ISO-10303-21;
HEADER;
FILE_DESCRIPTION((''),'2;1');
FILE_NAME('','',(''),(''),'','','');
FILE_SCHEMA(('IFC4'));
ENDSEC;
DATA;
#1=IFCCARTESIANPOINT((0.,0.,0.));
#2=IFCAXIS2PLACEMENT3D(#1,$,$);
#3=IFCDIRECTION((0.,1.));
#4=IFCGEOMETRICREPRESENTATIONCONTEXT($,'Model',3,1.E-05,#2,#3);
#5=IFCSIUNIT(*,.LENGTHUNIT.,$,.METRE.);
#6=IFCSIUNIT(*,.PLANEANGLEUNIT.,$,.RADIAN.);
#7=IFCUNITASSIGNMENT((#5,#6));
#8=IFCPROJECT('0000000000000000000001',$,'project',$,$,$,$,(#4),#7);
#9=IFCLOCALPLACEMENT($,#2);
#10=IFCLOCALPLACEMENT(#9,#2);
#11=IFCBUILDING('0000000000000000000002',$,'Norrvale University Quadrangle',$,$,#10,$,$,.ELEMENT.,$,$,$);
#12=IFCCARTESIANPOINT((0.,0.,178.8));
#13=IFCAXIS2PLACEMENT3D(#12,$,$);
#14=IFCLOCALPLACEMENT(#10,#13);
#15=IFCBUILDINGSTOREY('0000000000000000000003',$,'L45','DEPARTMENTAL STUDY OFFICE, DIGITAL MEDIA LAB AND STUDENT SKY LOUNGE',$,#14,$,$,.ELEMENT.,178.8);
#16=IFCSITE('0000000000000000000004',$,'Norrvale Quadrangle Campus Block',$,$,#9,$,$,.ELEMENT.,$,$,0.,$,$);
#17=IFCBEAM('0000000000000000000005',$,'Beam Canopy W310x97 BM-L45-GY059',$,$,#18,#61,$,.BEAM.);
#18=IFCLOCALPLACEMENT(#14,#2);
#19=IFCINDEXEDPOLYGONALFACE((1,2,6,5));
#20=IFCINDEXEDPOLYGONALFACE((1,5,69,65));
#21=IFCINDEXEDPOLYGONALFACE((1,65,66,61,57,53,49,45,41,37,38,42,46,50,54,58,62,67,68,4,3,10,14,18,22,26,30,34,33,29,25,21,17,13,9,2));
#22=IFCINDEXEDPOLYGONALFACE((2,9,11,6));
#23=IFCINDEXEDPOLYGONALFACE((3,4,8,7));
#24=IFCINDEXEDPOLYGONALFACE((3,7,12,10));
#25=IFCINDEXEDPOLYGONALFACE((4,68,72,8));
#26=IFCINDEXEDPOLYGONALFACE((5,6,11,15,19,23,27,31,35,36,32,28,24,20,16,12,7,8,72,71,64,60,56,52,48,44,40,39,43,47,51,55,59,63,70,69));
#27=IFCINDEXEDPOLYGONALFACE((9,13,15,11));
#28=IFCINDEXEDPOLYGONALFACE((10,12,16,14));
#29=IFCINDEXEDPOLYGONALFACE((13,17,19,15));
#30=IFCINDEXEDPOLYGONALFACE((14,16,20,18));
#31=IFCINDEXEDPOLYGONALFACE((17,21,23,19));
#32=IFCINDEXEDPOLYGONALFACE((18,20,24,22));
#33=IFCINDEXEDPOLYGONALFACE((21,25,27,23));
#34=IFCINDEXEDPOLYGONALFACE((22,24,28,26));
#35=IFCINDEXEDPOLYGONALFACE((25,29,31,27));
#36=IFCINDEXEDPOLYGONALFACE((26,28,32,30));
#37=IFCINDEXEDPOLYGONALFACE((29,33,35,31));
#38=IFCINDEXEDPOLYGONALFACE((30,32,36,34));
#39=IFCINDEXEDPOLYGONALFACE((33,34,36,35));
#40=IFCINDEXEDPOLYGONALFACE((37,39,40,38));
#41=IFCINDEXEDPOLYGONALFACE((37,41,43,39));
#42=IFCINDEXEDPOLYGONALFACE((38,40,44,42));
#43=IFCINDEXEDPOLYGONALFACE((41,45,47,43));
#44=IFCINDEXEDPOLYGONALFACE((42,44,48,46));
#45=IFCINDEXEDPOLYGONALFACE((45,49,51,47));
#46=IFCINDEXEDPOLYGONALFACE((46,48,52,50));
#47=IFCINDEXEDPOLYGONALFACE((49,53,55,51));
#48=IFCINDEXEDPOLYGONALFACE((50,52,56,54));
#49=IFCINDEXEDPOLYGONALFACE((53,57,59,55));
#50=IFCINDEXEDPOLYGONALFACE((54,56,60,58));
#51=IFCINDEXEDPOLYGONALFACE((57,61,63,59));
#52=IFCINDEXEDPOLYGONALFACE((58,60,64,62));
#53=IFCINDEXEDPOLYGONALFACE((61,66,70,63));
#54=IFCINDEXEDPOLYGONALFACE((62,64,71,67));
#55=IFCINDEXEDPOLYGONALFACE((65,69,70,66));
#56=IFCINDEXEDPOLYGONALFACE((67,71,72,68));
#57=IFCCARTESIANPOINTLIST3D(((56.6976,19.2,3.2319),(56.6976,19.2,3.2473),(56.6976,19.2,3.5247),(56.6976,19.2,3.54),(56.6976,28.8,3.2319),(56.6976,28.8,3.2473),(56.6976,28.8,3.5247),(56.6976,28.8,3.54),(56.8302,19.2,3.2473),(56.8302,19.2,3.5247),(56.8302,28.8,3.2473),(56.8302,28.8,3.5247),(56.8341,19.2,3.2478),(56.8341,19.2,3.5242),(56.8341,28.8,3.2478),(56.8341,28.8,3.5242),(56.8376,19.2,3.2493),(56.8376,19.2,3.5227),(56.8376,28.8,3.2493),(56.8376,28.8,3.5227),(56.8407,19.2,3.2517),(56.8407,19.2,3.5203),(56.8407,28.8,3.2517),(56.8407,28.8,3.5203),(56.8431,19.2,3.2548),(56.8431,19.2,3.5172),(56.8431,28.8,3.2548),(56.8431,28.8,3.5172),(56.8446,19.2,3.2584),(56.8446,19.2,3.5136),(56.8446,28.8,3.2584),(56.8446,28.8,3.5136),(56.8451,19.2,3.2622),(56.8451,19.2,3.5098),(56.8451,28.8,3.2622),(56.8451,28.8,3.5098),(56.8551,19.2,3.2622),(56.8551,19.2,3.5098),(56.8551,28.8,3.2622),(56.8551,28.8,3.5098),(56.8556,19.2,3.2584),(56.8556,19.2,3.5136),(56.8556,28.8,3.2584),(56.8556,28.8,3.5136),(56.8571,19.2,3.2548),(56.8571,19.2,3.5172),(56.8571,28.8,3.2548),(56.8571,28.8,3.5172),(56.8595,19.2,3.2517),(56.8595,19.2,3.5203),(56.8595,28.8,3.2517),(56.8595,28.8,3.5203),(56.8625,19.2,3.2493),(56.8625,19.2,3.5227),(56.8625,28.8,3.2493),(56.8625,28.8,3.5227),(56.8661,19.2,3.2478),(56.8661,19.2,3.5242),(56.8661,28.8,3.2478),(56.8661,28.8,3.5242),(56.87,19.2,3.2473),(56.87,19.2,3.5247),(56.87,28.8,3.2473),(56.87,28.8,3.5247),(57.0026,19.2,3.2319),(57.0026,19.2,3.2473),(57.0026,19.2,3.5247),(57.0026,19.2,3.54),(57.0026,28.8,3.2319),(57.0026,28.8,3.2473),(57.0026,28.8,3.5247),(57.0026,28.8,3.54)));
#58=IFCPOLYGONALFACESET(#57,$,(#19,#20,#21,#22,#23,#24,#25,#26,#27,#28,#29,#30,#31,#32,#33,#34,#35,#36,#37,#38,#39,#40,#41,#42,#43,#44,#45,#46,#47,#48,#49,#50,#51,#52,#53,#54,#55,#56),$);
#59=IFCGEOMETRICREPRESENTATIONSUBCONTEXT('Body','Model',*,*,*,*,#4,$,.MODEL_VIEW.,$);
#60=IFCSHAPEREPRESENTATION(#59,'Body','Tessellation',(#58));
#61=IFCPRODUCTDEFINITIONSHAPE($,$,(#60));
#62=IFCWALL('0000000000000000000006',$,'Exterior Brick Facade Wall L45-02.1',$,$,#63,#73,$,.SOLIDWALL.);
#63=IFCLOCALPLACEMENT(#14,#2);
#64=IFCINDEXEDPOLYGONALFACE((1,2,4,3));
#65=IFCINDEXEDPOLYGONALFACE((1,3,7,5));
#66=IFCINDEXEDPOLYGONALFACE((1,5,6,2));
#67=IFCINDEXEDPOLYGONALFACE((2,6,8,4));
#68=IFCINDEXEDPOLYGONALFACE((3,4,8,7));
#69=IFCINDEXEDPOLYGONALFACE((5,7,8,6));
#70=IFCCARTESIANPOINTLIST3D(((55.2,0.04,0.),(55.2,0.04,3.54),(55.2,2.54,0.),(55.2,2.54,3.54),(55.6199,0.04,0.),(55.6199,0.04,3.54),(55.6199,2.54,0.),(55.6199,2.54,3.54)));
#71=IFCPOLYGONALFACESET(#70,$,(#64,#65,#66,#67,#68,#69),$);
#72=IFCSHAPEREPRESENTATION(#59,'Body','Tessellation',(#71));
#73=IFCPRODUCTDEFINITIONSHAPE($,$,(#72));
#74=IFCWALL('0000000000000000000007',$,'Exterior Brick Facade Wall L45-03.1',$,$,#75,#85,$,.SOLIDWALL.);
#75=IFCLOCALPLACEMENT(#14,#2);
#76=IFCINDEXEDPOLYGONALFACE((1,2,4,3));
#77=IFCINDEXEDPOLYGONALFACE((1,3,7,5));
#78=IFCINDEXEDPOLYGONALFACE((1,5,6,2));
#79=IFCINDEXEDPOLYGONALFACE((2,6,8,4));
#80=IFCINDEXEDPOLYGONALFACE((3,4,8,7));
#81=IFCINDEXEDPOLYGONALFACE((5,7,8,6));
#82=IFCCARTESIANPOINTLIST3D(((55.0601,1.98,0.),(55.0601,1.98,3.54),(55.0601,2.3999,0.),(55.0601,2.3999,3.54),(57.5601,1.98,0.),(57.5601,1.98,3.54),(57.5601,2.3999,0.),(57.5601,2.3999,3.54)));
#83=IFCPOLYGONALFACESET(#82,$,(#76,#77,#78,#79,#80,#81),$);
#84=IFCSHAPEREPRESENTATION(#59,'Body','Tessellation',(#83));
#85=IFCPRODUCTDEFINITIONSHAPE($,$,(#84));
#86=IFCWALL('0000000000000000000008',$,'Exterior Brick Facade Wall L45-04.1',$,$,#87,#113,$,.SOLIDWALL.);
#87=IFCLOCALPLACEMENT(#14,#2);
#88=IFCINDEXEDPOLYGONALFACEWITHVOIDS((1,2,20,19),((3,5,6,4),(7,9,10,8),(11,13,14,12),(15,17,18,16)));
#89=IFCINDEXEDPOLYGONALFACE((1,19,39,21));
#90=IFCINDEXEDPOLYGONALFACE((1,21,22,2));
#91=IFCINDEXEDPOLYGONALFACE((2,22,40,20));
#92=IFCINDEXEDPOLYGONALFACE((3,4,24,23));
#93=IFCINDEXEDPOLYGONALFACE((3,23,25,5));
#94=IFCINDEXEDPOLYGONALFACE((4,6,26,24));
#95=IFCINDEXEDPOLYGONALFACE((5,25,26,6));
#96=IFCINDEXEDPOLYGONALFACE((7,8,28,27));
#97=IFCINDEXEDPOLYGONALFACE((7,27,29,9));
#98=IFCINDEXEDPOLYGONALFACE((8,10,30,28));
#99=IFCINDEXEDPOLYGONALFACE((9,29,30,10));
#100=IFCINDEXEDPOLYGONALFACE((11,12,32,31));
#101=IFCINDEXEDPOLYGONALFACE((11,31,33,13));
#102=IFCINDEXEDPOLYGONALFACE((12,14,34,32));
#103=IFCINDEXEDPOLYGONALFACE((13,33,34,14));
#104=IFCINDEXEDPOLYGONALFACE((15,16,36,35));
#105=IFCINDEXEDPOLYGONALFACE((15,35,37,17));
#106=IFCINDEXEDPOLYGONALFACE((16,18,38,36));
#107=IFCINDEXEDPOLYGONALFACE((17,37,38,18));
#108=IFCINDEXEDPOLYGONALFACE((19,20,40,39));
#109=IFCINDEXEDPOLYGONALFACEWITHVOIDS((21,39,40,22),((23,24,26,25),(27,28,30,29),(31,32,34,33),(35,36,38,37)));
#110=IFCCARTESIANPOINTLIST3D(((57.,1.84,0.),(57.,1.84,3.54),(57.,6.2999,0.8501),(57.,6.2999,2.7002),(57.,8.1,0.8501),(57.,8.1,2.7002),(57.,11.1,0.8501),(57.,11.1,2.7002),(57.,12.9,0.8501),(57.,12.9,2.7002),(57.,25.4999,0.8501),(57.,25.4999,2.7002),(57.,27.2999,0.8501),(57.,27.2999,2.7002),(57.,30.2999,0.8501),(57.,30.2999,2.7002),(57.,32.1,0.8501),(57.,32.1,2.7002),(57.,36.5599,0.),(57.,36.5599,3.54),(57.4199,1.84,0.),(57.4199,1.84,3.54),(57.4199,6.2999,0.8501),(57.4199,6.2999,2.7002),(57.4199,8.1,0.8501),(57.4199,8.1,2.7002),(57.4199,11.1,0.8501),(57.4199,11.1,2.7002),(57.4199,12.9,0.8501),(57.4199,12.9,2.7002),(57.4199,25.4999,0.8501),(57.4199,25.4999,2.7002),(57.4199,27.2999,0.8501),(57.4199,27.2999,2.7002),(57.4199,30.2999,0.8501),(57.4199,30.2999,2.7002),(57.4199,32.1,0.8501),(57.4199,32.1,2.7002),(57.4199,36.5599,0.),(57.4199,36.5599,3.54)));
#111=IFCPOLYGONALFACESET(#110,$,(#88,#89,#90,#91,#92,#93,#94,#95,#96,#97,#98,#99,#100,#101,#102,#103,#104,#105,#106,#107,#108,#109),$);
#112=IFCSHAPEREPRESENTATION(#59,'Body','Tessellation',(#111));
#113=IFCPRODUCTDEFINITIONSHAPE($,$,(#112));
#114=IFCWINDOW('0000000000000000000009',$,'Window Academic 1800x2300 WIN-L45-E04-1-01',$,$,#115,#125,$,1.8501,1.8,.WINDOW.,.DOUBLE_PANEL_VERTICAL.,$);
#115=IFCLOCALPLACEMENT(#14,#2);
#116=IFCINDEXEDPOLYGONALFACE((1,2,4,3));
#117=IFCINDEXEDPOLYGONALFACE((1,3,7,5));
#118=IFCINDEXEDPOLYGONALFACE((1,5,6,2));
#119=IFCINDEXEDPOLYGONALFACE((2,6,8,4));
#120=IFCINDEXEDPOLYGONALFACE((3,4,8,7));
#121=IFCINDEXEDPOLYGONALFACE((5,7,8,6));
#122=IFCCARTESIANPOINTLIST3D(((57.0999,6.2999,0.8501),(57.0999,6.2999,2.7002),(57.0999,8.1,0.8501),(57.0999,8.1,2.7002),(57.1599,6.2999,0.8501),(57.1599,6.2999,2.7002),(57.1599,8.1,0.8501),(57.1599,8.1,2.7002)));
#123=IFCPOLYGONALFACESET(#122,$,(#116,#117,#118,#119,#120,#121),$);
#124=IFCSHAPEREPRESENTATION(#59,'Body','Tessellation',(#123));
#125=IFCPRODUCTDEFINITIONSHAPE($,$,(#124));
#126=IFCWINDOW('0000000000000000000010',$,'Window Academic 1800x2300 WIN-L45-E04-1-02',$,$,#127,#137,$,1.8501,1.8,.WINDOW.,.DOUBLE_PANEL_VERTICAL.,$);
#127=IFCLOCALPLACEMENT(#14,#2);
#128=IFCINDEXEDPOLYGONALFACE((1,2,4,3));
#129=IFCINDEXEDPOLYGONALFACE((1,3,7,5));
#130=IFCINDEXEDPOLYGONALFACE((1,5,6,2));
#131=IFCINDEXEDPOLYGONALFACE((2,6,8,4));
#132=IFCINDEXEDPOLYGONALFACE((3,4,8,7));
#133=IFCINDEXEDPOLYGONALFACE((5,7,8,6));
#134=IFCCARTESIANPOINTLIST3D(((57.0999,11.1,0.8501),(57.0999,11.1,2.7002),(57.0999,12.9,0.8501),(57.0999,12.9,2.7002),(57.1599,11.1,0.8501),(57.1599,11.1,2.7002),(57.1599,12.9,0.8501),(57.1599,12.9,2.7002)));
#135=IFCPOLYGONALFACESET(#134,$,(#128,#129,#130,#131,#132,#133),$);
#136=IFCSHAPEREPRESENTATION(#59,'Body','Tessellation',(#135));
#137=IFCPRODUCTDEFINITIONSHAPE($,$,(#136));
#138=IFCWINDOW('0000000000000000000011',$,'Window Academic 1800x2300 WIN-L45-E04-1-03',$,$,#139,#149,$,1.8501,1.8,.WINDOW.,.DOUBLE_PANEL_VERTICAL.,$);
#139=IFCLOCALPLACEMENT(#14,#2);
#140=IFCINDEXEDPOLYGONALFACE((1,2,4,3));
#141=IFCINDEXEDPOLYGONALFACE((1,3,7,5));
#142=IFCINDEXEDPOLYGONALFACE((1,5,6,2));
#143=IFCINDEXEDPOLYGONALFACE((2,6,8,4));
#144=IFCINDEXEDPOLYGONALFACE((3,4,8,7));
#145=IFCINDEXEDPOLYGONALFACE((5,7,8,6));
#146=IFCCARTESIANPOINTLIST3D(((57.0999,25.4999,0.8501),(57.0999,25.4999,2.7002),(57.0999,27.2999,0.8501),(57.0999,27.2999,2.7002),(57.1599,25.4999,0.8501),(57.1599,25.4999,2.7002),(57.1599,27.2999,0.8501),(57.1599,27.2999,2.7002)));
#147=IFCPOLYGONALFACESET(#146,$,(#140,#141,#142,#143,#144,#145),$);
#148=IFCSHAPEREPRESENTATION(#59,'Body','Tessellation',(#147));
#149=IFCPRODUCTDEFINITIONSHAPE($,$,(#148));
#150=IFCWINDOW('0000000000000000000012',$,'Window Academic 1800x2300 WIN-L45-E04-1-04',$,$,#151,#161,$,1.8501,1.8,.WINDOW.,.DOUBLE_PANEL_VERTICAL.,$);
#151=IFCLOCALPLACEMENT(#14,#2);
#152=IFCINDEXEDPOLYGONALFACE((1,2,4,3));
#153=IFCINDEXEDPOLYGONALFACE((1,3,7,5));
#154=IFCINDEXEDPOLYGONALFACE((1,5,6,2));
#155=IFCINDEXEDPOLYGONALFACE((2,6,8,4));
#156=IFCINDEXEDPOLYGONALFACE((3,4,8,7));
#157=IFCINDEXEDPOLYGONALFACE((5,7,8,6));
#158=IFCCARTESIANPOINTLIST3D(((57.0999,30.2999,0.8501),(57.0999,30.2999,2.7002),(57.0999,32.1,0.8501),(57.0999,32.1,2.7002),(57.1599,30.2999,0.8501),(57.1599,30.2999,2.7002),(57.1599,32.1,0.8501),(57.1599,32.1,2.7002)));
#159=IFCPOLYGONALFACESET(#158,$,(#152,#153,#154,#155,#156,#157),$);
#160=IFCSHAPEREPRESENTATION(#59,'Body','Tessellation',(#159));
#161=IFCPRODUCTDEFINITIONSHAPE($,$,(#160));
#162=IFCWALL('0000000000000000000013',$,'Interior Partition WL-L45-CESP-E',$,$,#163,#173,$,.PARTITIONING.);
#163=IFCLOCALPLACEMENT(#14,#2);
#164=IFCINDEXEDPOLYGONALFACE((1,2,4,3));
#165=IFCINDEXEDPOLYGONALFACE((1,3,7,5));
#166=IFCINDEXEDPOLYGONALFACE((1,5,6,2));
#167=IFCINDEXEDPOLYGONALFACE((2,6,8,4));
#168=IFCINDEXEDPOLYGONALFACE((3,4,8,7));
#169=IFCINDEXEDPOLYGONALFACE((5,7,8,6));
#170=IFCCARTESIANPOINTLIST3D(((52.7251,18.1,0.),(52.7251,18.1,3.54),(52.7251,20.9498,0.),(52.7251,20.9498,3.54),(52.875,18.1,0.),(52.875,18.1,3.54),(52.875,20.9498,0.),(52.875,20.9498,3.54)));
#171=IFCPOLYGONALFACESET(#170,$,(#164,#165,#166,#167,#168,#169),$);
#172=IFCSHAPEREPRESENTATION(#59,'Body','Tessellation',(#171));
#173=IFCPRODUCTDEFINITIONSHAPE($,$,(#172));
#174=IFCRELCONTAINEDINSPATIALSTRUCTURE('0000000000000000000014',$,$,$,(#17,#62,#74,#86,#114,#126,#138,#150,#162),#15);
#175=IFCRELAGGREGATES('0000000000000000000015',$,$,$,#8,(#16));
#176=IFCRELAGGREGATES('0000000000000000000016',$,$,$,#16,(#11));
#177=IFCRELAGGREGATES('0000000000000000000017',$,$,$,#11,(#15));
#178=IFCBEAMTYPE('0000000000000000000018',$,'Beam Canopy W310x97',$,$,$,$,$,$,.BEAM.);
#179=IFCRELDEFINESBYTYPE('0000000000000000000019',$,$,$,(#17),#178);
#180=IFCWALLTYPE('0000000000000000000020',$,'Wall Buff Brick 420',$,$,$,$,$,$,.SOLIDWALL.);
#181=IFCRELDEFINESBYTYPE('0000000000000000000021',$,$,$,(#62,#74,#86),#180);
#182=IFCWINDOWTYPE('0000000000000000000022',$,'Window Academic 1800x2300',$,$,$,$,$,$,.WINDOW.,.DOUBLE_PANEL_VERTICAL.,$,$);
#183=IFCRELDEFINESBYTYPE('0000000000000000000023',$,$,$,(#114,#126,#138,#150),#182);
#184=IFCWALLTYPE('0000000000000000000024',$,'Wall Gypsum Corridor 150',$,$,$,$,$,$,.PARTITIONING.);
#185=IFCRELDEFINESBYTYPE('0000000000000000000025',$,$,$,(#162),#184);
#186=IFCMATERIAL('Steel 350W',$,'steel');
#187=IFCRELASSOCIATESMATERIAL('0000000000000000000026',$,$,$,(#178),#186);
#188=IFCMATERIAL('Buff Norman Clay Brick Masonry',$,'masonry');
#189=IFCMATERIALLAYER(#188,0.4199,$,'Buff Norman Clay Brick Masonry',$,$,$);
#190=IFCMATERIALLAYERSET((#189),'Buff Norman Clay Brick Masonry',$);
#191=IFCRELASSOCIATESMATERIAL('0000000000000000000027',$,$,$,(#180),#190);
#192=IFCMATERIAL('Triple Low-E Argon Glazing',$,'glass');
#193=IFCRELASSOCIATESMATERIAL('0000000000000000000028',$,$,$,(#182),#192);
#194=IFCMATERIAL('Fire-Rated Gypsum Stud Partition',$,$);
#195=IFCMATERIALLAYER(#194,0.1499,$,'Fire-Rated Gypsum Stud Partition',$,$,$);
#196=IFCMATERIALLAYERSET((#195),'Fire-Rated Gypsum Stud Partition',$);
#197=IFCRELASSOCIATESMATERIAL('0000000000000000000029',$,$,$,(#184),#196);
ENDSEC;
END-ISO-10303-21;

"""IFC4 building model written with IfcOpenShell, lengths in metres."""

from ifc_helpers import new_model, si_unit, direction, frame, frame_2d, origin, origin_2d, place, context, subcontext, project, spatial, rectangle, i_section, extrude, material, layer, layer_set, material_profile, profile_set, type_object, element, fill, save


model = new_model("IFC4")

# Units and contexts
model_context = context("Model", 3, precision=1e-05, world=origin(), true_north=direction((0.0, 1.0)))
body_context = subcontext(model_context, "Body", "Model", "MODEL_VIEW")
ifc_project = project(units=[si_unit("LENGTHUNIT", "METRE"), si_unit("PLANEANGLEUNIT", "RADIAN")], contexts=[model_context])

# Site, building, storey
site_placement = place(None, origin())
site = spatial("IfcSite", under=ifc_project, at=site_placement, Name="Norrvale Quadrangle Campus Block", CompositionType="ELEMENT", RefElevation=0.0)
building_placement = place(site_placement, origin())
building = spatial("IfcBuilding", under=site, at=building_placement, Name="Norrvale University Quadrangle", CompositionType="ELEMENT")
storey_placement = place(building_placement, frame((0.0, 0.0, 178.8)))
storey = spatial("IfcBuildingStorey", under=building, at=storey_placement, Name="L45", Description="DEPARTMENTAL STUDY OFFICE, DIGITAL MEDIA LAB AND STUDENT SKY LOUNGE", CompositionType="ELEMENT", Elevation=178.8)

# Beam
ifc_material_1 = material(Name="Steel 350W", Category="steel")
ifc_material_profile_1 = material_profile(ifc_material_1, i_section(OverallWidth=0.3049, OverallDepth=0.3081, WebThickness=0.01, FlangeThickness=0.0154, FilletRadius=0.0149, at=origin_2d()), Name="Steel 350W")
ifc_profile_set_1 = profile_set([ifc_material_profile_1], Name="Steel 350W")
beam_type_1 = type_object("IfcBeamType", Name="Beam Canopy W310x97", PredefinedType="BEAM", material=ifc_profile_set_1)
beam_1_placement = place(storey_placement, frame((56.8501, 19.2, 3.386), z_axis=(0.0, 1.0, 0.0), x_axis=(-1.0, 0.0, 0.0)))
element("IfcBeam", 1, at=beam_1_placement, inside=storey, type_object=beam_type_1, Name="Beam Canopy W310x97 BM-L45-GY059", PredefinedType="BEAM", context=body_context, shape_type="SweptSolid", body=[
    extrude(i_section(OverallWidth=0.3049, OverallDepth=0.3081, WebThickness=0.01, FlangeThickness=0.0154, FilletRadius=0.0149, at=origin_2d()), origin(), (0.0, 0.0, 1.0), 9.6001),
])

# Walls
ifc_material_2 = material(Name="Buff Norman Clay Brick Masonry", Category="masonry")
ifc_layer_1 = layer(ifc_material_2, 0.4199, Name="Buff Norman Clay Brick Masonry")
ifc_layer_set_1 = layer_set([ifc_layer_1], Name="Buff Norman Clay Brick Masonry")
wall_type_1 = type_object("IfcWallType", Name="Wall Buff Brick 420", PredefinedType="SOLIDWALL", material=ifc_layer_set_1)
for number, where, z_axis, x_axis, name in (
    (2, (55.4099, 0.04, 0.0), (0.0, 0.0, 1.0), (0.0, 1.0, 0.0), "Exterior Brick Facade Wall L45-02.1"),
    (3, (55.0601, 2.1899, 0.0), (0.0, 0.0, 1.0), (1.0, 0.0, 0.0), "Exterior Brick Facade Wall L45-03.1"),
):
    element("IfcWall", number, at=place(storey_placement, frame(where, z_axis=z_axis, x_axis=x_axis)), inside=storey, type_object=wall_type_1, Name=name, PredefinedType="SOLIDWALL", context=body_context, shape_type="SweptSolid", body=[
        extrude(rectangle(XDim=2.5, YDim=0.4199, at=frame_2d((1.25, 0.0))), origin(), (0.0, 0.0, 1.0), 3.54),
    ])

# Wall, openings, windows
wall_1_placement = place(storey_placement, frame((57.21, 1.8401, 0.0), z_axis=(0.0, 0.0, 1.0), x_axis=(0.0, 1.0, 0.0)))
wall_1 = element("IfcWall", 4, at=wall_1_placement, inside=storey, type_object=wall_type_1, Name="Exterior Brick Facade Wall L45-04.1", PredefinedType="SOLIDWALL", context=body_context, shape_type="SweptSolid", body=[
    extrude(rectangle(XDim=34.72, YDim=0.4199, at=frame_2d((17.3599, 0.0))), origin(), (0.0, 0.0, 1.0), 3.54),
])
opening_1_placement = place(wall_1_placement, frame((4.46, 0.0, 0.8501)))
opening_1 = element("IfcOpeningElement", 5, at=opening_1_placement, cuts=wall_1, PredefinedType="OPENING", context=body_context, shape_type="SweptSolid", body=[
    extrude(rectangle(XDim=1.8, YDim=1.8501, at=frame_2d((0.8999, 0.925))), frame((0.0, 0.2219, 0.0), z_axis=(0.0, -1.0, 0.0), x_axis=(1.0, 0.0, 0.0)), (0.0, 0.0, 1.0), 0.4438),
])
opening_2_placement = place(wall_1_placement, frame((9.26, 0.0, 0.8501)))
opening_2 = element("IfcOpeningElement", 6, at=opening_2_placement, cuts=wall_1, PredefinedType="OPENING", context=body_context, shape_type="SweptSolid", body=[
    extrude(rectangle(XDim=1.8, YDim=1.8501, at=frame_2d((0.8999, 0.925))), frame((0.0, 0.2219, 0.0), z_axis=(0.0, -1.0, 0.0), x_axis=(1.0, 0.0, 0.0)), (0.0, 0.0, 1.0), 0.4438),
])
opening_3_placement = place(wall_1_placement, frame((23.6599, 0.0, 0.8501)))
opening_3 = element("IfcOpeningElement", 7, at=opening_3_placement, cuts=wall_1, PredefinedType="OPENING", context=body_context, shape_type="SweptSolid", body=[
    extrude(rectangle(XDim=1.8, YDim=1.8501, at=frame_2d((0.8999, 0.925))), frame((0.0, 0.2219, 0.0), z_axis=(0.0, -1.0, 0.0), x_axis=(1.0, 0.0, 0.0)), (0.0, 0.0, 1.0), 0.4438),
])
opening_4_placement = place(wall_1_placement, frame((28.46, 0.0, 0.8501)))
opening_4 = element("IfcOpeningElement", 8, at=opening_4_placement, cuts=wall_1, PredefinedType="OPENING", context=body_context, shape_type="SweptSolid", body=[
    extrude(rectangle(XDim=1.8, YDim=1.8501, at=frame_2d((0.8999, 0.925))), frame((0.0, 0.2219, 0.0), z_axis=(0.0, -1.0, 0.0), x_axis=(1.0, 0.0, 0.0)), (0.0, 0.0, 1.0), 0.4438),
])
ifc_material_3 = material(Name="Triple Low-E Argon Glazing", Category="glass")
window_type = type_object("IfcWindowType", Name="Window Academic 1800x2300", PartitioningType="DOUBLE_PANEL_VERTICAL", PredefinedType="WINDOW", material=ifc_material_3)
window_1_placement = place(opening_1_placement, origin())
window_1 = element("IfcWindow", 9, at=window_1_placement, inside=storey, type_object=window_type, Name="Window Academic 1800x2300 WIN-L45-E04-1-01", OverallHeight=1.8501, OverallWidth=1.8, PartitioningType="DOUBLE_PANEL_VERTICAL", PredefinedType="WINDOW", context=body_context, shape_type="SweptSolid", body=[
    extrude(rectangle(XDim=1.8, YDim=1.8501, at=frame_2d((0.8999, 0.925))), frame((0.0, 0.1101, 0.0), z_axis=(0.0, -1.0, 0.0), x_axis=(1.0, 0.0, 0.0)), (0.0, 0.0, 1.0), 0.0601),
])
fill(opening_1, window_1)
window_2_placement = place(opening_2_placement, origin())
window_2 = element("IfcWindow", 10, at=window_2_placement, inside=storey, type_object=window_type, Name="Window Academic 1800x2300 WIN-L45-E04-1-02", OverallHeight=1.8501, OverallWidth=1.8, PartitioningType="DOUBLE_PANEL_VERTICAL", PredefinedType="WINDOW", context=body_context, shape_type="SweptSolid", body=[
    extrude(rectangle(XDim=1.8, YDim=1.8501, at=frame_2d((0.8999, 0.925))), frame((0.0, 0.1101, 0.0), z_axis=(0.0, -1.0, 0.0), x_axis=(1.0, 0.0, 0.0)), (0.0, 0.0, 1.0), 0.0601),
])
fill(opening_2, window_2)
window_3_placement = place(opening_3_placement, origin())
window_3 = element("IfcWindow", 11, at=window_3_placement, inside=storey, type_object=window_type, Name="Window Academic 1800x2300 WIN-L45-E04-1-03", OverallHeight=1.8501, OverallWidth=1.8, PartitioningType="DOUBLE_PANEL_VERTICAL", PredefinedType="WINDOW", context=body_context, shape_type="SweptSolid", body=[
    extrude(rectangle(XDim=1.8, YDim=1.8501, at=frame_2d((0.8999, 0.925))), frame((0.0, 0.1101, 0.0), z_axis=(0.0, -1.0, 0.0), x_axis=(1.0, 0.0, 0.0)), (0.0, 0.0, 1.0), 0.0601),
])
fill(opening_3, window_3)
window_4_placement = place(opening_4_placement, origin())
window_4 = element("IfcWindow", 12, at=window_4_placement, inside=storey, type_object=window_type, Name="Window Academic 1800x2300 WIN-L45-E04-1-04", OverallHeight=1.8501, OverallWidth=1.8, PartitioningType="DOUBLE_PANEL_VERTICAL", PredefinedType="WINDOW", context=body_context, shape_type="SweptSolid", body=[
    extrude(rectangle(XDim=1.8, YDim=1.8501, at=frame_2d((0.8999, 0.925))), frame((0.0, 0.1101, 0.0), z_axis=(0.0, -1.0, 0.0), x_axis=(1.0, 0.0, 0.0)), (0.0, 0.0, 1.0), 0.0601),
])
fill(opening_4, window_4)

# Wall
ifc_material_4 = material(Name="Fire-Rated Gypsum Stud Partition")
ifc_layer_2 = layer(ifc_material_4, 0.1499, Name="Fire-Rated Gypsum Stud Partition")
ifc_layer_set_2 = layer_set([ifc_layer_2], Name="Fire-Rated Gypsum Stud Partition")
wall_type_2 = type_object("IfcWallType", Name="Wall Gypsum Corridor 150", PredefinedType="PARTITIONING", material=ifc_layer_set_2)
wall_2_placement = place(storey_placement, frame((52.8, 18.1001, 0.0), z_axis=(0.0, 0.0, 1.0), x_axis=(0.0, 1.0, 0.0)))
element("IfcWall", 13, at=wall_2_placement, inside=storey, type_object=wall_type_2, Name="Interior Partition WL-L45-CESP-E", PredefinedType="PARTITIONING", context=body_context, shape_type="SweptSolid", body=[
    extrude(rectangle(XDim=2.8499, YDim=0.1499, at=frame_2d((1.4248, 0.0))), origin(), (0.0, 0.0, 1.0), 3.54),
])

save(model, "model.ifc")
